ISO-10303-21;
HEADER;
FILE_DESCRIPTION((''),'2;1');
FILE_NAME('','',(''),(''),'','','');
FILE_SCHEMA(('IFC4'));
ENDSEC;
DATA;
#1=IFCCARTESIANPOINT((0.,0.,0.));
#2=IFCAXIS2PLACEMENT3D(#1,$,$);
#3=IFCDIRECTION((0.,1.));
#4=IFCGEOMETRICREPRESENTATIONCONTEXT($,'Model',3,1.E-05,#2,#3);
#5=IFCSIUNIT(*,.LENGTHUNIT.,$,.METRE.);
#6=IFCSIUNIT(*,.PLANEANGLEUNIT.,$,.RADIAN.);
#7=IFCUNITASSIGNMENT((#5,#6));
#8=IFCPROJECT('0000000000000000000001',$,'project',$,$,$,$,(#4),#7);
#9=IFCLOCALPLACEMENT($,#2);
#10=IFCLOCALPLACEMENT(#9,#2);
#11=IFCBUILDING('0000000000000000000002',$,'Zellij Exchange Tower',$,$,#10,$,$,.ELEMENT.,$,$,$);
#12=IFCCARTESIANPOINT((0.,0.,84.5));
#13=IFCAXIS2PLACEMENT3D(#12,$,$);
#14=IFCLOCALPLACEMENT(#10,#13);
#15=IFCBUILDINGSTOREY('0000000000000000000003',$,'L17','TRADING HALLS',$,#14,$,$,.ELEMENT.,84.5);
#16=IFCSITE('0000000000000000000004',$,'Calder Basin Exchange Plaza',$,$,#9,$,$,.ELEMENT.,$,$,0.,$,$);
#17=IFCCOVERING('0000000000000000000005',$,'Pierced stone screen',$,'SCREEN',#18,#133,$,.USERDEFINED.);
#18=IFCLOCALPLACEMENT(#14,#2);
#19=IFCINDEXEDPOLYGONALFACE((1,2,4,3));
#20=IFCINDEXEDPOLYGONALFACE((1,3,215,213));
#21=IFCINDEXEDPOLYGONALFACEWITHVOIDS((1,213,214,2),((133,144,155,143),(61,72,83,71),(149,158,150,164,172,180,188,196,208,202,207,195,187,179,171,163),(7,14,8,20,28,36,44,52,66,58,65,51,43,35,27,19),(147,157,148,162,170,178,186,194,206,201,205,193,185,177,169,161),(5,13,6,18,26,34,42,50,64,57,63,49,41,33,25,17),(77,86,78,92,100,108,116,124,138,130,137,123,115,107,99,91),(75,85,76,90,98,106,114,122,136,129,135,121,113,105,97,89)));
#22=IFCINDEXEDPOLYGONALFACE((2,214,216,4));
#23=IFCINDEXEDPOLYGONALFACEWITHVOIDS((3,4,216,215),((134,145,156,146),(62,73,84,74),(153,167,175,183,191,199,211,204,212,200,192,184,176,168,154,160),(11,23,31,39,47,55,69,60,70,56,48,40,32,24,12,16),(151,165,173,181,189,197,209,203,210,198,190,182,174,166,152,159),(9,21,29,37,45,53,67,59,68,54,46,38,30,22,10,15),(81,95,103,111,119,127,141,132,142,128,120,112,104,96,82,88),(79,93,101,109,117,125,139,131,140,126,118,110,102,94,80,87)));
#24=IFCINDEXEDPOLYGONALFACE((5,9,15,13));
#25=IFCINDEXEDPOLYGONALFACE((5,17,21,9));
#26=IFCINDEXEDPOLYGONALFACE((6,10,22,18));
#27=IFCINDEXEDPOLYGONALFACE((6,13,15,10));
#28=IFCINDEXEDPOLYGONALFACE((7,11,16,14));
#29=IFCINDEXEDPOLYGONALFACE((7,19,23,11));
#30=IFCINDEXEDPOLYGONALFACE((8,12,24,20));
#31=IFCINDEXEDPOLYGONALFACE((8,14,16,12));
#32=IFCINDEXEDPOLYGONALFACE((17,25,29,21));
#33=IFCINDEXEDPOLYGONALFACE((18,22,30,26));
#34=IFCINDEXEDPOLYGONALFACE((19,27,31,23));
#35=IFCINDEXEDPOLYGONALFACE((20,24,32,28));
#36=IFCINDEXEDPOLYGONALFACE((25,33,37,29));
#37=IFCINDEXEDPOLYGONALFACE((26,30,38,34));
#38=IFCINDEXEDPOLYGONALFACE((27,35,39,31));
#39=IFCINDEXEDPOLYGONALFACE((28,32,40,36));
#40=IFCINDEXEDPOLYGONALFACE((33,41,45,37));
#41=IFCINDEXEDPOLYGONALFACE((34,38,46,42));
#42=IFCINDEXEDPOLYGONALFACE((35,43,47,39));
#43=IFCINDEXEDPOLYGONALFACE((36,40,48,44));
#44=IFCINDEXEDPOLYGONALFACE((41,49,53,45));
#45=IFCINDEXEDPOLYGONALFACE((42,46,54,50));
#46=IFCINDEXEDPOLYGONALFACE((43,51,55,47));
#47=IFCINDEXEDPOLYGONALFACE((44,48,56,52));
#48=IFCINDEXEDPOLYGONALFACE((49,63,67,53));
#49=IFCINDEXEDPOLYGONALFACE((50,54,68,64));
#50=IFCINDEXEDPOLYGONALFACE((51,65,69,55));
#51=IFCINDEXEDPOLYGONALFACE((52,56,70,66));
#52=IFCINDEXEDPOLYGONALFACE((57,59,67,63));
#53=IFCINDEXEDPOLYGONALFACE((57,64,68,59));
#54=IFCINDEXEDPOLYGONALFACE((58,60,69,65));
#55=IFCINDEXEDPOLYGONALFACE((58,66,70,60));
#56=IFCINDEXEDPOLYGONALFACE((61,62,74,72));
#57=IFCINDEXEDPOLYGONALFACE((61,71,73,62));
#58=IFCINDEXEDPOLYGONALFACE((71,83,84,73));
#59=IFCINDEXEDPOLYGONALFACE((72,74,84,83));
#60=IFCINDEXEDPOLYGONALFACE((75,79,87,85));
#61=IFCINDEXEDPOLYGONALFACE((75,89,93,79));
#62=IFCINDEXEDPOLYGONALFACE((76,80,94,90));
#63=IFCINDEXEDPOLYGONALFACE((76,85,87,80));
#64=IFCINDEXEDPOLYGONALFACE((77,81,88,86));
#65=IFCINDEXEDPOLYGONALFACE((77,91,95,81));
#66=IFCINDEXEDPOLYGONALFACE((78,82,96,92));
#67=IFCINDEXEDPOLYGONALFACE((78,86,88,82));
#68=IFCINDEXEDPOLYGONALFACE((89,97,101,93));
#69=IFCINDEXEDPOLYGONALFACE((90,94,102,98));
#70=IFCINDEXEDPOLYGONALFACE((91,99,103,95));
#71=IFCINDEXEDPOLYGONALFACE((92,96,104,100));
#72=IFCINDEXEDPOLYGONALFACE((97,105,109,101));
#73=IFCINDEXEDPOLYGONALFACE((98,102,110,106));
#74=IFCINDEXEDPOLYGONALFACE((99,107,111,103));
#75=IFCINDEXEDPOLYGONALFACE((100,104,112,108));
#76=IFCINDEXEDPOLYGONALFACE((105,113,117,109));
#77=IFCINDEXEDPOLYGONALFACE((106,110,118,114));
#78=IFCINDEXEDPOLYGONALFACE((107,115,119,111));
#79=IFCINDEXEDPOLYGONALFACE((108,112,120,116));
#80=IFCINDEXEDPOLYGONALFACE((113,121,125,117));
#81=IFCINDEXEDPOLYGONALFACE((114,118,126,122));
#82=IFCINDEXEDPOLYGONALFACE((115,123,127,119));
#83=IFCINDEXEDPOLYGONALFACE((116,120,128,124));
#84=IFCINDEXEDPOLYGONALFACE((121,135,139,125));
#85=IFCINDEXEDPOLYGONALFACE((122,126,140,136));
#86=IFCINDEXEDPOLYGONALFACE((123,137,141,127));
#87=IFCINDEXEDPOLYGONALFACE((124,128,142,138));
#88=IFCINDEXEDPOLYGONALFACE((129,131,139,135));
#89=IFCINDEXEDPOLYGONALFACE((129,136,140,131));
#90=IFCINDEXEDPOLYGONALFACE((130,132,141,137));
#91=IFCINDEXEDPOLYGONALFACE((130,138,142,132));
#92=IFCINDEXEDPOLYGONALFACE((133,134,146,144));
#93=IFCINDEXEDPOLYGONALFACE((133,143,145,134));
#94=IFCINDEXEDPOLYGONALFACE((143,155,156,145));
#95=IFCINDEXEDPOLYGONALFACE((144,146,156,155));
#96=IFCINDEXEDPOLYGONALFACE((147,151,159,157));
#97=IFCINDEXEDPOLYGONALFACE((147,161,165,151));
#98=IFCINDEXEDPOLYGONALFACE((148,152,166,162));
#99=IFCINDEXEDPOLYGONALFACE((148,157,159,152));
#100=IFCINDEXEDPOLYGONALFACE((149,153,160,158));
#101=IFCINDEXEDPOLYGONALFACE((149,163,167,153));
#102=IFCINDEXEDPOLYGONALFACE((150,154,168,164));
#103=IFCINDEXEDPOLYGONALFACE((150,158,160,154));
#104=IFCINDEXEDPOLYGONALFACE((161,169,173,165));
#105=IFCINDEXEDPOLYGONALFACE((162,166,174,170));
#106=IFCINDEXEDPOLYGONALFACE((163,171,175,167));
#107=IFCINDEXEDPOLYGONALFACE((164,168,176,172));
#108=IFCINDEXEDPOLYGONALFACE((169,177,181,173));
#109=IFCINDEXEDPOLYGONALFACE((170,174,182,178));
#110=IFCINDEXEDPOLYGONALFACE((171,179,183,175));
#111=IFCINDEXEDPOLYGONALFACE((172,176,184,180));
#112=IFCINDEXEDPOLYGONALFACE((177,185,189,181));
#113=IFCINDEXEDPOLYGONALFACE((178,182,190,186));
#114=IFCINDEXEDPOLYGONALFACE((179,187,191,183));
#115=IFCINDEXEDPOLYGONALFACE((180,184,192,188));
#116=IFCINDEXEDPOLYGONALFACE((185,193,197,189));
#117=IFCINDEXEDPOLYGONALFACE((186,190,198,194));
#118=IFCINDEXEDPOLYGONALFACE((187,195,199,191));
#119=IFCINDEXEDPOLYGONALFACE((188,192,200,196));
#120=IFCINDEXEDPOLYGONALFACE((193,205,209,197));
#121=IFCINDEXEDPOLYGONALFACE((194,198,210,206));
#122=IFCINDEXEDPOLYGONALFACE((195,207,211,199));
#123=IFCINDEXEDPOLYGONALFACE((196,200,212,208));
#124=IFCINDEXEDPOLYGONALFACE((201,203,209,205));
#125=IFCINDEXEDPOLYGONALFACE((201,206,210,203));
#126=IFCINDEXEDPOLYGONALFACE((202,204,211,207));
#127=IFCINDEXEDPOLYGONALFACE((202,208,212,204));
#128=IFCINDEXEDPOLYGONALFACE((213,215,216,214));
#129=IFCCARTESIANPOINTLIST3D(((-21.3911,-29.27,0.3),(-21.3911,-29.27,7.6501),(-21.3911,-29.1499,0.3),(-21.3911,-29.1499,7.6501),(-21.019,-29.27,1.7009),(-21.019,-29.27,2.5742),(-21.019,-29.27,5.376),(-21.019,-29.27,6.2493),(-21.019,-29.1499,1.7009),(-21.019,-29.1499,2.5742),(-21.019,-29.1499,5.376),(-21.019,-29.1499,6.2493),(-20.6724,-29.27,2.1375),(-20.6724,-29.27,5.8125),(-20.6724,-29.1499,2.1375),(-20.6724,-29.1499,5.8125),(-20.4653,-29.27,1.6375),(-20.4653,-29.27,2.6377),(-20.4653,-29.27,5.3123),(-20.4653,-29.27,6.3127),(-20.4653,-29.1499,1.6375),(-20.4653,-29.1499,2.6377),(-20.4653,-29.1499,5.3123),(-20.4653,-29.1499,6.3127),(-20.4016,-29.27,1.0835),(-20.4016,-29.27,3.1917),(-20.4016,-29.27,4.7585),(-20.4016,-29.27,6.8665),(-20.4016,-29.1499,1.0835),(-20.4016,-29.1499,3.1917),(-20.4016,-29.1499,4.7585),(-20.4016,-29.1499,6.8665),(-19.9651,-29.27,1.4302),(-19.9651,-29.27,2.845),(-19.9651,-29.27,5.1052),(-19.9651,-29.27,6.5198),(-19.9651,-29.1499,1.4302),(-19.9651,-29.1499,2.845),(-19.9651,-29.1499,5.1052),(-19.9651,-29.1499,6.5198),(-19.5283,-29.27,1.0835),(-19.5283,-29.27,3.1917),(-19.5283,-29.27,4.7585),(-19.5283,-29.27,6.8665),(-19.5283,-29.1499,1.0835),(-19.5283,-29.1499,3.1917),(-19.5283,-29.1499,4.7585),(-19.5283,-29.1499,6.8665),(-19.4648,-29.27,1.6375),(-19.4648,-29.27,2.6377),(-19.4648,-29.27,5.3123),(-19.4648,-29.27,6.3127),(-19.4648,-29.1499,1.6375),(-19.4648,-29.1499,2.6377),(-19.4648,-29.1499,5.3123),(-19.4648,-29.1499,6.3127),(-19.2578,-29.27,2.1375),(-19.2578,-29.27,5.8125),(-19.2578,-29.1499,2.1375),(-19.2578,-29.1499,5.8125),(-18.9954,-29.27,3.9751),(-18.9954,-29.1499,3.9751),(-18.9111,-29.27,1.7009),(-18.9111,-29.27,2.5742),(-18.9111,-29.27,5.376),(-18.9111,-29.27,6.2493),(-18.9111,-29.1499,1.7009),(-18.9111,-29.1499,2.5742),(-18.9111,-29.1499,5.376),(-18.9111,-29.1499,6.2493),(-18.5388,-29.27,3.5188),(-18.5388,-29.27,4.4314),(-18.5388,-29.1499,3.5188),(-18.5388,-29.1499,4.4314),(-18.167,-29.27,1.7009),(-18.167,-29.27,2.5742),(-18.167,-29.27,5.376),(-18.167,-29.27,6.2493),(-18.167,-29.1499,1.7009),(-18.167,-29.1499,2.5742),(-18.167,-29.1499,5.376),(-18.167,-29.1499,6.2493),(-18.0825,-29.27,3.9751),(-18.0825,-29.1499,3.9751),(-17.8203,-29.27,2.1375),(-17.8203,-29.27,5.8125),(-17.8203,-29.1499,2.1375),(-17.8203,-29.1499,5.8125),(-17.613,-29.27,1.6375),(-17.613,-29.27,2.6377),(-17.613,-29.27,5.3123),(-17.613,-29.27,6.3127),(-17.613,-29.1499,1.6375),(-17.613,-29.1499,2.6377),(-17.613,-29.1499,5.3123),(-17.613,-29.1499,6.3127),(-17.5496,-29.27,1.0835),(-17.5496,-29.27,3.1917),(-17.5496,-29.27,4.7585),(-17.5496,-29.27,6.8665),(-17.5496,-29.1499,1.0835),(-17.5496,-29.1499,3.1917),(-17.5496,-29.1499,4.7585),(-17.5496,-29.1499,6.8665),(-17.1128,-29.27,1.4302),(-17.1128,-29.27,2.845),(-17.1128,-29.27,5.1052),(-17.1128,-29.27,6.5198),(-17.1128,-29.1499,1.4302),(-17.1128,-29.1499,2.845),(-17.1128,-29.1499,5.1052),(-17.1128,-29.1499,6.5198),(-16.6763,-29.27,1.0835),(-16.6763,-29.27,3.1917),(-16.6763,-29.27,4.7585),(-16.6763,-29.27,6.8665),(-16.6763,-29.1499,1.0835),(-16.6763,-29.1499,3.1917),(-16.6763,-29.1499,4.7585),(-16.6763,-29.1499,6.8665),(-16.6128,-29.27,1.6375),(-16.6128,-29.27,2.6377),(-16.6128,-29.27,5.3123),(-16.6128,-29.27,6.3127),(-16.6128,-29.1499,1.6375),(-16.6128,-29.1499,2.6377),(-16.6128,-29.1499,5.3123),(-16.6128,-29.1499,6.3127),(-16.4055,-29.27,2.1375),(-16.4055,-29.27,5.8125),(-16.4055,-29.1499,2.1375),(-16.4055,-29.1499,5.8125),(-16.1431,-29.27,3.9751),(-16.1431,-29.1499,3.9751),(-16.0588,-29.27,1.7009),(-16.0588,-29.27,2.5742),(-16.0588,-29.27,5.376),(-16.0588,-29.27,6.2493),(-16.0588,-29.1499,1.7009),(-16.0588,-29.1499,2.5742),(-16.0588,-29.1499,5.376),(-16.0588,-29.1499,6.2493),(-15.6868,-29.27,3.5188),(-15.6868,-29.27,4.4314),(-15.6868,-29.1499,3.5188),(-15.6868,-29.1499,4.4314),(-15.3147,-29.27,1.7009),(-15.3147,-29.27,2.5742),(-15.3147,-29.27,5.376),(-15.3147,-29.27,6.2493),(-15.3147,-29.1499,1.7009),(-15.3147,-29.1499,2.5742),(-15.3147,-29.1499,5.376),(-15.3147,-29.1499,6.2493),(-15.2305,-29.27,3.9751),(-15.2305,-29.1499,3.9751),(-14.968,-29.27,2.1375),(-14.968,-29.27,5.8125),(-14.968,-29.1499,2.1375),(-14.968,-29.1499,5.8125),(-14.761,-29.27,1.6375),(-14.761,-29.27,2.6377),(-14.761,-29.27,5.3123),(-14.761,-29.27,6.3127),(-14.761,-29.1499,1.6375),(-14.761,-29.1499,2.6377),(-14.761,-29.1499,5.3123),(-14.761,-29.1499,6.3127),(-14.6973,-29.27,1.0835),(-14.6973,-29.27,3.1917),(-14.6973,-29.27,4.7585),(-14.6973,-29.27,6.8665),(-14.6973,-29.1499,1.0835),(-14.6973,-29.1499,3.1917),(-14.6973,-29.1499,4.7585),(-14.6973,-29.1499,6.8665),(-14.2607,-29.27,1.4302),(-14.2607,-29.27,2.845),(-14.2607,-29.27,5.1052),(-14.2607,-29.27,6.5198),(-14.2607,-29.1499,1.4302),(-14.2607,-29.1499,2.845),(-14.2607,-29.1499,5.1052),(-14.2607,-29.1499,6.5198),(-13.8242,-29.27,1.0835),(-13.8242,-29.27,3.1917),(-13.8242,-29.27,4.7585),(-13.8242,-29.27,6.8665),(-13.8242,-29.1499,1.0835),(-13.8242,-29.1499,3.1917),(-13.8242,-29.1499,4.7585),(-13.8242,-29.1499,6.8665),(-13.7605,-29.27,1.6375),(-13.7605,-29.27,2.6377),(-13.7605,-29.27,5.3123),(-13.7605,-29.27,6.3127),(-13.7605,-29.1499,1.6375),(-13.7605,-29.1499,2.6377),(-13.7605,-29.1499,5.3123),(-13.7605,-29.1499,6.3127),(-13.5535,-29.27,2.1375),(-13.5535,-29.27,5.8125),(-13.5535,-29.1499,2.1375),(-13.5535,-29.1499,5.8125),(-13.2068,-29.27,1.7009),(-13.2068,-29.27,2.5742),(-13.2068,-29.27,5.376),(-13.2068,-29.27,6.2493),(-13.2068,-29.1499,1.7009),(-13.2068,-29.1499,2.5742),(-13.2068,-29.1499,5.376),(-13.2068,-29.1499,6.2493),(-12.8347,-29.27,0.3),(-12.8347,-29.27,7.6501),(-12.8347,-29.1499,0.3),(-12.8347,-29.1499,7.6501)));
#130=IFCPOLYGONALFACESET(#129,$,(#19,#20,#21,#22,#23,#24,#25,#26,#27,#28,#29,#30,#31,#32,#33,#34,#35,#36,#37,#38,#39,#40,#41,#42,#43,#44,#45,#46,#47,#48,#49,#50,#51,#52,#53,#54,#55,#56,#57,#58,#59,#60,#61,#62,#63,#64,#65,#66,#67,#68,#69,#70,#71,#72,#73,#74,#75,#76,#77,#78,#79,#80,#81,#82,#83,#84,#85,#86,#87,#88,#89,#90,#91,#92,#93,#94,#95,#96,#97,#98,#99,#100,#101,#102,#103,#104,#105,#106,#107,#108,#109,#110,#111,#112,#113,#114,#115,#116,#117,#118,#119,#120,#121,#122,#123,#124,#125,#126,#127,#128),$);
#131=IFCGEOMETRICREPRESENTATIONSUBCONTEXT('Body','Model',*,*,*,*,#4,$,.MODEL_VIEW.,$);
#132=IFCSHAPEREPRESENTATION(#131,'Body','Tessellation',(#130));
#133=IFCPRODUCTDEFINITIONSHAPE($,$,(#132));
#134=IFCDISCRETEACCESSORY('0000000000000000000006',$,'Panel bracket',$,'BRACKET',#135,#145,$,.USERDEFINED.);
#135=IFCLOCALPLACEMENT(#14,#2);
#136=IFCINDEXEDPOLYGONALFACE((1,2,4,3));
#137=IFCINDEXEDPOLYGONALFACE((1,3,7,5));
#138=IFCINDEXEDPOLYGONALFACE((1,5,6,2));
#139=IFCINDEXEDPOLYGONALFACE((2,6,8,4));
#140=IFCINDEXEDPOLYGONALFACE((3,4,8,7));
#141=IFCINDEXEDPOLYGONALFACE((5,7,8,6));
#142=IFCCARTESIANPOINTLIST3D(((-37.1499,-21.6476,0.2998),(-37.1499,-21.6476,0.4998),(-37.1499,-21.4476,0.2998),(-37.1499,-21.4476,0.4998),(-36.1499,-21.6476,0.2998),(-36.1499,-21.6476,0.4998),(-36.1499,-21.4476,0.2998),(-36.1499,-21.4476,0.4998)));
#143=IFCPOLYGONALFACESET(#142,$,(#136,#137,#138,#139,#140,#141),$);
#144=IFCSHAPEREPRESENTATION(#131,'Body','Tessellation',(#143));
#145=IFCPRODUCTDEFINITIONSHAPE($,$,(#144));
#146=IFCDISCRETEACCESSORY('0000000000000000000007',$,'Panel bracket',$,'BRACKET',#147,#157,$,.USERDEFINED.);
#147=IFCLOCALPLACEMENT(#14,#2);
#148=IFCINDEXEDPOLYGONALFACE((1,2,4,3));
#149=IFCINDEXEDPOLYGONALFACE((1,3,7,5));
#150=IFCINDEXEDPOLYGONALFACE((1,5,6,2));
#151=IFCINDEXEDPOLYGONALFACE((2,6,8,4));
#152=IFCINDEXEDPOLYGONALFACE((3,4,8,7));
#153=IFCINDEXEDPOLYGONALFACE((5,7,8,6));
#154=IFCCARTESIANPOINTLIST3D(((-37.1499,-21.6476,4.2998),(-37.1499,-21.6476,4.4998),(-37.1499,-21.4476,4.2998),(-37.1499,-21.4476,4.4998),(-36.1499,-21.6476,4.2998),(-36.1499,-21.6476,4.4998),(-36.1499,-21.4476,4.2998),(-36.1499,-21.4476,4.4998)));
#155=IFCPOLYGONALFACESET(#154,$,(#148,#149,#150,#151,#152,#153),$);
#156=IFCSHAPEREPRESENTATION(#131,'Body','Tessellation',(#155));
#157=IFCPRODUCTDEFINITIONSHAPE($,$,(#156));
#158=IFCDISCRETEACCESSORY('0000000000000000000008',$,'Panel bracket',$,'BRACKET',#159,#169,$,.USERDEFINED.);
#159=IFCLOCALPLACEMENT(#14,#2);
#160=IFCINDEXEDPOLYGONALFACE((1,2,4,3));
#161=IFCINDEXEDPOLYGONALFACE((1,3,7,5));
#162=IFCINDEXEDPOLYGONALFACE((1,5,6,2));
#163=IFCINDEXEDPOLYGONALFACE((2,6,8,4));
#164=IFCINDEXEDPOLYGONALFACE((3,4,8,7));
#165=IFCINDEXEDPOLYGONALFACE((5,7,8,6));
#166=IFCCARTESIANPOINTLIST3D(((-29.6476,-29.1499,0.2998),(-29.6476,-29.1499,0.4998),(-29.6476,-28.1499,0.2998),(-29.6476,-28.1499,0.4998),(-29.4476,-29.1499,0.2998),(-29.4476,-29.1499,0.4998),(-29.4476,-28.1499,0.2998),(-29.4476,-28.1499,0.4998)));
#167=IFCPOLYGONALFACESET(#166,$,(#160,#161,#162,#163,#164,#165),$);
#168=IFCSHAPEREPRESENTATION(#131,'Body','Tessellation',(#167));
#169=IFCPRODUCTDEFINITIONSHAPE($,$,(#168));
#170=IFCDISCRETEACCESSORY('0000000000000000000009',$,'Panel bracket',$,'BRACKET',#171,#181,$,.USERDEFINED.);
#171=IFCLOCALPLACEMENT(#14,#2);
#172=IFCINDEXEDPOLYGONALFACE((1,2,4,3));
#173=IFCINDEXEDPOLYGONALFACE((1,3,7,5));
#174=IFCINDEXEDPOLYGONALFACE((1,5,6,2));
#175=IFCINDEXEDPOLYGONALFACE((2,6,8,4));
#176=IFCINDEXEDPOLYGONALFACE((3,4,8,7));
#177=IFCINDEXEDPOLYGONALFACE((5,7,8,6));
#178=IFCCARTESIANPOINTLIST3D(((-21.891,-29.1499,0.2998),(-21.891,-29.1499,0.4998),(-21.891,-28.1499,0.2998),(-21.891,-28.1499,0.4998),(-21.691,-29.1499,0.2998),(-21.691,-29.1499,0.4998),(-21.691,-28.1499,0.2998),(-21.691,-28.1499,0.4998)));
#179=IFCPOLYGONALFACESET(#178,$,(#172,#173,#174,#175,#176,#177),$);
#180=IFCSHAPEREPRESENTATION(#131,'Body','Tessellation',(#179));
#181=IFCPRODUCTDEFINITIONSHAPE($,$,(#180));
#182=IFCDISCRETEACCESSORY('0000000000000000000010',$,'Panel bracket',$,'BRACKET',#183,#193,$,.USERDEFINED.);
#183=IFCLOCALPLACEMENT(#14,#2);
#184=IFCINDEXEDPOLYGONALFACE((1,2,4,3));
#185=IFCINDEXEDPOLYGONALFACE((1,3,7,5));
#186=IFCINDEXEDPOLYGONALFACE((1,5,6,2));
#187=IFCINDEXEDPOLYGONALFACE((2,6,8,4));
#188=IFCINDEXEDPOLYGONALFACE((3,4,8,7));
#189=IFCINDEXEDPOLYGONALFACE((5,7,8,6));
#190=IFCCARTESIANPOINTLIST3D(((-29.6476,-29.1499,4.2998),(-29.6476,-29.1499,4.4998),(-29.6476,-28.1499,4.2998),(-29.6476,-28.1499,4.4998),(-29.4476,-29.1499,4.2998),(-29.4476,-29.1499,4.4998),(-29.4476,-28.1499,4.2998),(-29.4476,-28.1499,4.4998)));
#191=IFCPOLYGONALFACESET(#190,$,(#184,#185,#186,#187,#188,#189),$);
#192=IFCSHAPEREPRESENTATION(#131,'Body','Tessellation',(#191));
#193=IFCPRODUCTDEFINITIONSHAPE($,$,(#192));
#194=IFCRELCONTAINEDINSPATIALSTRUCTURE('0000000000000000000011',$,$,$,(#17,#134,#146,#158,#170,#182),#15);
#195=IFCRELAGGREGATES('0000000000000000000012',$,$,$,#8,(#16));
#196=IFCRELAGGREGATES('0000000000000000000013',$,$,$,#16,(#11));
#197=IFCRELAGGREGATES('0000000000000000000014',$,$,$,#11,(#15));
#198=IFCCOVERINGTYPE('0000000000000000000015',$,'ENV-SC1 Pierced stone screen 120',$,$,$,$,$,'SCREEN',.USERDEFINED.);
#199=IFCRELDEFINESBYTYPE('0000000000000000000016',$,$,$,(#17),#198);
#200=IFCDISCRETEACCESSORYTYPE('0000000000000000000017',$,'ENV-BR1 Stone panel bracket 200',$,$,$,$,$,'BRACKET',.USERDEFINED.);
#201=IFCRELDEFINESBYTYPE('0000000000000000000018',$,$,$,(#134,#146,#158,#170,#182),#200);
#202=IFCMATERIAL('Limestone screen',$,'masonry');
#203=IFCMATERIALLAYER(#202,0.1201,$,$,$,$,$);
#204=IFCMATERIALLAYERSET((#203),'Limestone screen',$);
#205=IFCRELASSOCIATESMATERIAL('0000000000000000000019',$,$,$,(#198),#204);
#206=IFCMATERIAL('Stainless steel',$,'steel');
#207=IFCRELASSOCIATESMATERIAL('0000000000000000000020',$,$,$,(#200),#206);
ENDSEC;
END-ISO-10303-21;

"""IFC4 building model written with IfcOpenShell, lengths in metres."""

from ifc_helpers import new_model, si_unit, direction, frame, origin, origin_2d, place, context, subcontext, project, spatial, polyline, rectangle, outline, extrude, material, layer, layer_set, type_object, element, save


model = new_model("IFC4")

# Units and contexts
model_context = context("Model", 3, precision=1e-05, world=origin(), true_north=direction((0.0, 1.0)))
body_context = subcontext(model_context, "Body", "Model", "MODEL_VIEW")
ifc_project = project(units=[si_unit("LENGTHUNIT", "METRE"), si_unit("PLANEANGLEUNIT", "RADIAN")], contexts=[model_context])

# Site, building, storey
site_placement = place(None, origin())
site = spatial("IfcSite", under=ifc_project, at=site_placement, Name="Calder Basin Exchange Plaza", CompositionType="ELEMENT", RefElevation=0.0)
building_placement = place(site_placement, origin())
building = spatial("IfcBuilding", under=site, at=building_placement, Name="Zellij Exchange Tower", CompositionType="ELEMENT")
storey_placement = place(building_placement, frame((0.0, 0.0, 84.5)))
storey = spatial("IfcBuildingStorey", under=building, at=storey_placement, Name="L17", Description="TRADING HALLS", CompositionType="ELEMENT", Elevation=84.5)

# Covering
ifc_material_1 = material(Name="Limestone screen", Category="masonry")
ifc_layer_1 = layer(ifc_material_1, 0.1201)
ifc_layer_set_1 = layer_set([ifc_layer_1], Name="Limestone screen")
covering_type = type_object("IfcCoveringType", Name="ENV-SC1 Pierced stone screen 120", ElementType="SCREEN", PredefinedType="USERDEFINED", material=ifc_layer_set_1)
covering_1_placement = place(storey_placement, frame((-21.3911, -29.21, 0.3), z_axis=(0.0, 0.0, 1.0), x_axis=(1.0, 0.0, 0.0)))
element("IfcCovering", 1, at=covering_1_placement, inside=storey, type_object=covering_type, Name="Pierced stone screen", ObjectType="SCREEN", PredefinedType="USERDEFINED", context=body_context, shape_type="SweptSolid", body=[
    extrude(outline(polyline([(0.0, 0.0), (8.5564, 0.0), (8.5564, 7.3501), (0.0, 7.3501), (0.0, 0.0)]), holes=[polyline([(2.48, 2.2742), (1.9263, 2.3376), (1.8628, 2.8916), (1.426, 2.5449), (0.9895, 2.8916), (0.9258, 2.3376), (0.3721, 2.2742), (0.7188, 1.8374), (0.3721, 1.4009), (0.9258, 1.3374), (0.9895, 0.7834), (1.426, 1.1301), (1.8628, 0.7834), (1.9263, 1.3374), (2.48, 1.4009), (2.1333, 1.8374), (2.48, 2.2742)]), polyline([(2.48, 5.9492), (1.9263, 6.0127), (1.8628, 6.5664), (1.426, 6.2197), (0.9895, 6.5664), (0.9258, 6.0127), (0.3721, 5.9492), (0.7188, 5.5125), (0.3721, 5.0759), (0.9258, 5.0122), (0.9895, 4.4585), (1.426, 4.8052), (1.8628, 4.4585), (1.9263, 5.0122), (2.48, 5.0759), (2.1333, 5.5125), (2.48, 5.9492)]), polyline([(5.3323, 2.2742), (4.7783, 2.3376), (4.7148, 2.8916), (4.2783, 2.5449), (3.8416, 2.8916), (3.7781, 2.3376), (3.2241, 2.2742), (3.5708, 1.8374), (3.2241, 1.4009), (3.7781, 1.3374), (3.8416, 0.7834), (4.2783, 1.1301), (4.7148, 0.7834), (4.7783, 1.3374), (5.3323, 1.4009), (4.9856, 1.8374), (5.3323, 2.2742)]), polyline([(5.3323, 5.9492), (4.7783, 6.0127), (4.7148, 6.5664), (4.2783, 6.2197), (3.8416, 6.5664), (3.7781, 6.0127), (3.2241, 5.9492), (3.5708, 5.5125), (3.2241, 5.0759), (3.7781, 5.0122), (3.8416, 4.4585), (4.2783, 4.8052), (4.7148, 4.4585), (4.7783, 5.0122), (5.3323, 5.0759), (4.9856, 5.5125), (5.3323, 5.9492)]), polyline([(8.1843, 2.2742), (7.6306, 2.3376), (7.5669, 2.8916), (7.1304, 2.5449), (6.6938, 2.8916), (6.6301, 2.3376), (6.0764, 2.2742), (6.4231, 1.8374), (6.0764, 1.4009), (6.6301, 1.3374), (6.6938, 0.7834), (7.1304, 1.1301), (7.5669, 0.7834), (7.6306, 1.3374), (8.1843, 1.4009), (7.8376, 1.8374), (8.1843, 2.2742)]), polyline([(8.1843, 5.9492), (7.6306, 6.0127), (7.5669, 6.5664), (7.1304, 6.2197), (6.6938, 6.5664), (6.6301, 6.0127), (6.0764, 5.9492), (6.4231, 5.5125), (6.0764, 5.0759), (6.6301, 5.0122), (6.6938, 4.4585), (7.1304, 4.8052), (7.5669, 4.4585), (7.6306, 5.0122), (8.1843, 5.0759), (7.8376, 5.5125), (8.1843, 5.9492)]), polyline([(3.3086, 3.675), (2.8523, 4.1313), (2.3958, 3.675), (2.8523, 3.2188), (3.3086, 3.675)]), polyline([(6.1606, 3.675), (5.7043, 4.1313), (5.248, 3.675), (5.7043, 3.2188), (6.1606, 3.675)])]), frame((0.0, 0.0601, 0.0), z_axis=(0.0, -1.0, 0.0), x_axis=(1.0, 0.0, 0.0)), (0.0, 0.0, 1.0), 0.1201),
])

# Discrete accessories
ifc_material_2 = material(Name="Stainless steel", Category="steel")
discrete_accessory_type = type_object("IfcDiscreteAccessoryType", Name="ENV-BR1 Stone panel bracket 200", ElementType="BRACKET", PredefinedType="USERDEFINED", material=ifc_material_2)
for number, where, z_axis, x_axis, name in (
    (2, (-36.6499, -21.5476, 0.2998), (0.0, 0.0, 1.0), (0.0, -1.0, 0.0), "Panel bracket"),
    (3, (-36.6499, -21.5476, 4.2998), (0.0, 0.0, 1.0), (0.0, -1.0, 0.0), "Panel bracket"),
    (4, (-29.5476, -28.6499, 0.2998), (0.0, 0.0, 1.0), (1.0, 0.0, 0.0), "Panel bracket"),
    (5, (-21.791, -28.6499, 0.2998), (0.0, 0.0, 1.0), (1.0, 0.0, 0.0), "Panel bracket"),
    (6, (-29.5476, -28.6499, 4.2998), (0.0, 0.0, 1.0), (1.0, 0.0, 0.0), "Panel bracket"),
):
    element("IfcDiscreteAccessory", number, at=place(storey_placement, frame(where, z_axis=z_axis, x_axis=x_axis)), inside=storey, type_object=discrete_accessory_type, Name=name, ObjectType="BRACKET", PredefinedType="USERDEFINED", context=body_context, shape_type="SweptSolid", body=[
        extrude(rectangle(XDim=0.2, YDim=1.0, at=origin_2d()), origin(), (0.0, 0.0, 1.0), 0.2),
    ])

save(model, "model.ifc")
